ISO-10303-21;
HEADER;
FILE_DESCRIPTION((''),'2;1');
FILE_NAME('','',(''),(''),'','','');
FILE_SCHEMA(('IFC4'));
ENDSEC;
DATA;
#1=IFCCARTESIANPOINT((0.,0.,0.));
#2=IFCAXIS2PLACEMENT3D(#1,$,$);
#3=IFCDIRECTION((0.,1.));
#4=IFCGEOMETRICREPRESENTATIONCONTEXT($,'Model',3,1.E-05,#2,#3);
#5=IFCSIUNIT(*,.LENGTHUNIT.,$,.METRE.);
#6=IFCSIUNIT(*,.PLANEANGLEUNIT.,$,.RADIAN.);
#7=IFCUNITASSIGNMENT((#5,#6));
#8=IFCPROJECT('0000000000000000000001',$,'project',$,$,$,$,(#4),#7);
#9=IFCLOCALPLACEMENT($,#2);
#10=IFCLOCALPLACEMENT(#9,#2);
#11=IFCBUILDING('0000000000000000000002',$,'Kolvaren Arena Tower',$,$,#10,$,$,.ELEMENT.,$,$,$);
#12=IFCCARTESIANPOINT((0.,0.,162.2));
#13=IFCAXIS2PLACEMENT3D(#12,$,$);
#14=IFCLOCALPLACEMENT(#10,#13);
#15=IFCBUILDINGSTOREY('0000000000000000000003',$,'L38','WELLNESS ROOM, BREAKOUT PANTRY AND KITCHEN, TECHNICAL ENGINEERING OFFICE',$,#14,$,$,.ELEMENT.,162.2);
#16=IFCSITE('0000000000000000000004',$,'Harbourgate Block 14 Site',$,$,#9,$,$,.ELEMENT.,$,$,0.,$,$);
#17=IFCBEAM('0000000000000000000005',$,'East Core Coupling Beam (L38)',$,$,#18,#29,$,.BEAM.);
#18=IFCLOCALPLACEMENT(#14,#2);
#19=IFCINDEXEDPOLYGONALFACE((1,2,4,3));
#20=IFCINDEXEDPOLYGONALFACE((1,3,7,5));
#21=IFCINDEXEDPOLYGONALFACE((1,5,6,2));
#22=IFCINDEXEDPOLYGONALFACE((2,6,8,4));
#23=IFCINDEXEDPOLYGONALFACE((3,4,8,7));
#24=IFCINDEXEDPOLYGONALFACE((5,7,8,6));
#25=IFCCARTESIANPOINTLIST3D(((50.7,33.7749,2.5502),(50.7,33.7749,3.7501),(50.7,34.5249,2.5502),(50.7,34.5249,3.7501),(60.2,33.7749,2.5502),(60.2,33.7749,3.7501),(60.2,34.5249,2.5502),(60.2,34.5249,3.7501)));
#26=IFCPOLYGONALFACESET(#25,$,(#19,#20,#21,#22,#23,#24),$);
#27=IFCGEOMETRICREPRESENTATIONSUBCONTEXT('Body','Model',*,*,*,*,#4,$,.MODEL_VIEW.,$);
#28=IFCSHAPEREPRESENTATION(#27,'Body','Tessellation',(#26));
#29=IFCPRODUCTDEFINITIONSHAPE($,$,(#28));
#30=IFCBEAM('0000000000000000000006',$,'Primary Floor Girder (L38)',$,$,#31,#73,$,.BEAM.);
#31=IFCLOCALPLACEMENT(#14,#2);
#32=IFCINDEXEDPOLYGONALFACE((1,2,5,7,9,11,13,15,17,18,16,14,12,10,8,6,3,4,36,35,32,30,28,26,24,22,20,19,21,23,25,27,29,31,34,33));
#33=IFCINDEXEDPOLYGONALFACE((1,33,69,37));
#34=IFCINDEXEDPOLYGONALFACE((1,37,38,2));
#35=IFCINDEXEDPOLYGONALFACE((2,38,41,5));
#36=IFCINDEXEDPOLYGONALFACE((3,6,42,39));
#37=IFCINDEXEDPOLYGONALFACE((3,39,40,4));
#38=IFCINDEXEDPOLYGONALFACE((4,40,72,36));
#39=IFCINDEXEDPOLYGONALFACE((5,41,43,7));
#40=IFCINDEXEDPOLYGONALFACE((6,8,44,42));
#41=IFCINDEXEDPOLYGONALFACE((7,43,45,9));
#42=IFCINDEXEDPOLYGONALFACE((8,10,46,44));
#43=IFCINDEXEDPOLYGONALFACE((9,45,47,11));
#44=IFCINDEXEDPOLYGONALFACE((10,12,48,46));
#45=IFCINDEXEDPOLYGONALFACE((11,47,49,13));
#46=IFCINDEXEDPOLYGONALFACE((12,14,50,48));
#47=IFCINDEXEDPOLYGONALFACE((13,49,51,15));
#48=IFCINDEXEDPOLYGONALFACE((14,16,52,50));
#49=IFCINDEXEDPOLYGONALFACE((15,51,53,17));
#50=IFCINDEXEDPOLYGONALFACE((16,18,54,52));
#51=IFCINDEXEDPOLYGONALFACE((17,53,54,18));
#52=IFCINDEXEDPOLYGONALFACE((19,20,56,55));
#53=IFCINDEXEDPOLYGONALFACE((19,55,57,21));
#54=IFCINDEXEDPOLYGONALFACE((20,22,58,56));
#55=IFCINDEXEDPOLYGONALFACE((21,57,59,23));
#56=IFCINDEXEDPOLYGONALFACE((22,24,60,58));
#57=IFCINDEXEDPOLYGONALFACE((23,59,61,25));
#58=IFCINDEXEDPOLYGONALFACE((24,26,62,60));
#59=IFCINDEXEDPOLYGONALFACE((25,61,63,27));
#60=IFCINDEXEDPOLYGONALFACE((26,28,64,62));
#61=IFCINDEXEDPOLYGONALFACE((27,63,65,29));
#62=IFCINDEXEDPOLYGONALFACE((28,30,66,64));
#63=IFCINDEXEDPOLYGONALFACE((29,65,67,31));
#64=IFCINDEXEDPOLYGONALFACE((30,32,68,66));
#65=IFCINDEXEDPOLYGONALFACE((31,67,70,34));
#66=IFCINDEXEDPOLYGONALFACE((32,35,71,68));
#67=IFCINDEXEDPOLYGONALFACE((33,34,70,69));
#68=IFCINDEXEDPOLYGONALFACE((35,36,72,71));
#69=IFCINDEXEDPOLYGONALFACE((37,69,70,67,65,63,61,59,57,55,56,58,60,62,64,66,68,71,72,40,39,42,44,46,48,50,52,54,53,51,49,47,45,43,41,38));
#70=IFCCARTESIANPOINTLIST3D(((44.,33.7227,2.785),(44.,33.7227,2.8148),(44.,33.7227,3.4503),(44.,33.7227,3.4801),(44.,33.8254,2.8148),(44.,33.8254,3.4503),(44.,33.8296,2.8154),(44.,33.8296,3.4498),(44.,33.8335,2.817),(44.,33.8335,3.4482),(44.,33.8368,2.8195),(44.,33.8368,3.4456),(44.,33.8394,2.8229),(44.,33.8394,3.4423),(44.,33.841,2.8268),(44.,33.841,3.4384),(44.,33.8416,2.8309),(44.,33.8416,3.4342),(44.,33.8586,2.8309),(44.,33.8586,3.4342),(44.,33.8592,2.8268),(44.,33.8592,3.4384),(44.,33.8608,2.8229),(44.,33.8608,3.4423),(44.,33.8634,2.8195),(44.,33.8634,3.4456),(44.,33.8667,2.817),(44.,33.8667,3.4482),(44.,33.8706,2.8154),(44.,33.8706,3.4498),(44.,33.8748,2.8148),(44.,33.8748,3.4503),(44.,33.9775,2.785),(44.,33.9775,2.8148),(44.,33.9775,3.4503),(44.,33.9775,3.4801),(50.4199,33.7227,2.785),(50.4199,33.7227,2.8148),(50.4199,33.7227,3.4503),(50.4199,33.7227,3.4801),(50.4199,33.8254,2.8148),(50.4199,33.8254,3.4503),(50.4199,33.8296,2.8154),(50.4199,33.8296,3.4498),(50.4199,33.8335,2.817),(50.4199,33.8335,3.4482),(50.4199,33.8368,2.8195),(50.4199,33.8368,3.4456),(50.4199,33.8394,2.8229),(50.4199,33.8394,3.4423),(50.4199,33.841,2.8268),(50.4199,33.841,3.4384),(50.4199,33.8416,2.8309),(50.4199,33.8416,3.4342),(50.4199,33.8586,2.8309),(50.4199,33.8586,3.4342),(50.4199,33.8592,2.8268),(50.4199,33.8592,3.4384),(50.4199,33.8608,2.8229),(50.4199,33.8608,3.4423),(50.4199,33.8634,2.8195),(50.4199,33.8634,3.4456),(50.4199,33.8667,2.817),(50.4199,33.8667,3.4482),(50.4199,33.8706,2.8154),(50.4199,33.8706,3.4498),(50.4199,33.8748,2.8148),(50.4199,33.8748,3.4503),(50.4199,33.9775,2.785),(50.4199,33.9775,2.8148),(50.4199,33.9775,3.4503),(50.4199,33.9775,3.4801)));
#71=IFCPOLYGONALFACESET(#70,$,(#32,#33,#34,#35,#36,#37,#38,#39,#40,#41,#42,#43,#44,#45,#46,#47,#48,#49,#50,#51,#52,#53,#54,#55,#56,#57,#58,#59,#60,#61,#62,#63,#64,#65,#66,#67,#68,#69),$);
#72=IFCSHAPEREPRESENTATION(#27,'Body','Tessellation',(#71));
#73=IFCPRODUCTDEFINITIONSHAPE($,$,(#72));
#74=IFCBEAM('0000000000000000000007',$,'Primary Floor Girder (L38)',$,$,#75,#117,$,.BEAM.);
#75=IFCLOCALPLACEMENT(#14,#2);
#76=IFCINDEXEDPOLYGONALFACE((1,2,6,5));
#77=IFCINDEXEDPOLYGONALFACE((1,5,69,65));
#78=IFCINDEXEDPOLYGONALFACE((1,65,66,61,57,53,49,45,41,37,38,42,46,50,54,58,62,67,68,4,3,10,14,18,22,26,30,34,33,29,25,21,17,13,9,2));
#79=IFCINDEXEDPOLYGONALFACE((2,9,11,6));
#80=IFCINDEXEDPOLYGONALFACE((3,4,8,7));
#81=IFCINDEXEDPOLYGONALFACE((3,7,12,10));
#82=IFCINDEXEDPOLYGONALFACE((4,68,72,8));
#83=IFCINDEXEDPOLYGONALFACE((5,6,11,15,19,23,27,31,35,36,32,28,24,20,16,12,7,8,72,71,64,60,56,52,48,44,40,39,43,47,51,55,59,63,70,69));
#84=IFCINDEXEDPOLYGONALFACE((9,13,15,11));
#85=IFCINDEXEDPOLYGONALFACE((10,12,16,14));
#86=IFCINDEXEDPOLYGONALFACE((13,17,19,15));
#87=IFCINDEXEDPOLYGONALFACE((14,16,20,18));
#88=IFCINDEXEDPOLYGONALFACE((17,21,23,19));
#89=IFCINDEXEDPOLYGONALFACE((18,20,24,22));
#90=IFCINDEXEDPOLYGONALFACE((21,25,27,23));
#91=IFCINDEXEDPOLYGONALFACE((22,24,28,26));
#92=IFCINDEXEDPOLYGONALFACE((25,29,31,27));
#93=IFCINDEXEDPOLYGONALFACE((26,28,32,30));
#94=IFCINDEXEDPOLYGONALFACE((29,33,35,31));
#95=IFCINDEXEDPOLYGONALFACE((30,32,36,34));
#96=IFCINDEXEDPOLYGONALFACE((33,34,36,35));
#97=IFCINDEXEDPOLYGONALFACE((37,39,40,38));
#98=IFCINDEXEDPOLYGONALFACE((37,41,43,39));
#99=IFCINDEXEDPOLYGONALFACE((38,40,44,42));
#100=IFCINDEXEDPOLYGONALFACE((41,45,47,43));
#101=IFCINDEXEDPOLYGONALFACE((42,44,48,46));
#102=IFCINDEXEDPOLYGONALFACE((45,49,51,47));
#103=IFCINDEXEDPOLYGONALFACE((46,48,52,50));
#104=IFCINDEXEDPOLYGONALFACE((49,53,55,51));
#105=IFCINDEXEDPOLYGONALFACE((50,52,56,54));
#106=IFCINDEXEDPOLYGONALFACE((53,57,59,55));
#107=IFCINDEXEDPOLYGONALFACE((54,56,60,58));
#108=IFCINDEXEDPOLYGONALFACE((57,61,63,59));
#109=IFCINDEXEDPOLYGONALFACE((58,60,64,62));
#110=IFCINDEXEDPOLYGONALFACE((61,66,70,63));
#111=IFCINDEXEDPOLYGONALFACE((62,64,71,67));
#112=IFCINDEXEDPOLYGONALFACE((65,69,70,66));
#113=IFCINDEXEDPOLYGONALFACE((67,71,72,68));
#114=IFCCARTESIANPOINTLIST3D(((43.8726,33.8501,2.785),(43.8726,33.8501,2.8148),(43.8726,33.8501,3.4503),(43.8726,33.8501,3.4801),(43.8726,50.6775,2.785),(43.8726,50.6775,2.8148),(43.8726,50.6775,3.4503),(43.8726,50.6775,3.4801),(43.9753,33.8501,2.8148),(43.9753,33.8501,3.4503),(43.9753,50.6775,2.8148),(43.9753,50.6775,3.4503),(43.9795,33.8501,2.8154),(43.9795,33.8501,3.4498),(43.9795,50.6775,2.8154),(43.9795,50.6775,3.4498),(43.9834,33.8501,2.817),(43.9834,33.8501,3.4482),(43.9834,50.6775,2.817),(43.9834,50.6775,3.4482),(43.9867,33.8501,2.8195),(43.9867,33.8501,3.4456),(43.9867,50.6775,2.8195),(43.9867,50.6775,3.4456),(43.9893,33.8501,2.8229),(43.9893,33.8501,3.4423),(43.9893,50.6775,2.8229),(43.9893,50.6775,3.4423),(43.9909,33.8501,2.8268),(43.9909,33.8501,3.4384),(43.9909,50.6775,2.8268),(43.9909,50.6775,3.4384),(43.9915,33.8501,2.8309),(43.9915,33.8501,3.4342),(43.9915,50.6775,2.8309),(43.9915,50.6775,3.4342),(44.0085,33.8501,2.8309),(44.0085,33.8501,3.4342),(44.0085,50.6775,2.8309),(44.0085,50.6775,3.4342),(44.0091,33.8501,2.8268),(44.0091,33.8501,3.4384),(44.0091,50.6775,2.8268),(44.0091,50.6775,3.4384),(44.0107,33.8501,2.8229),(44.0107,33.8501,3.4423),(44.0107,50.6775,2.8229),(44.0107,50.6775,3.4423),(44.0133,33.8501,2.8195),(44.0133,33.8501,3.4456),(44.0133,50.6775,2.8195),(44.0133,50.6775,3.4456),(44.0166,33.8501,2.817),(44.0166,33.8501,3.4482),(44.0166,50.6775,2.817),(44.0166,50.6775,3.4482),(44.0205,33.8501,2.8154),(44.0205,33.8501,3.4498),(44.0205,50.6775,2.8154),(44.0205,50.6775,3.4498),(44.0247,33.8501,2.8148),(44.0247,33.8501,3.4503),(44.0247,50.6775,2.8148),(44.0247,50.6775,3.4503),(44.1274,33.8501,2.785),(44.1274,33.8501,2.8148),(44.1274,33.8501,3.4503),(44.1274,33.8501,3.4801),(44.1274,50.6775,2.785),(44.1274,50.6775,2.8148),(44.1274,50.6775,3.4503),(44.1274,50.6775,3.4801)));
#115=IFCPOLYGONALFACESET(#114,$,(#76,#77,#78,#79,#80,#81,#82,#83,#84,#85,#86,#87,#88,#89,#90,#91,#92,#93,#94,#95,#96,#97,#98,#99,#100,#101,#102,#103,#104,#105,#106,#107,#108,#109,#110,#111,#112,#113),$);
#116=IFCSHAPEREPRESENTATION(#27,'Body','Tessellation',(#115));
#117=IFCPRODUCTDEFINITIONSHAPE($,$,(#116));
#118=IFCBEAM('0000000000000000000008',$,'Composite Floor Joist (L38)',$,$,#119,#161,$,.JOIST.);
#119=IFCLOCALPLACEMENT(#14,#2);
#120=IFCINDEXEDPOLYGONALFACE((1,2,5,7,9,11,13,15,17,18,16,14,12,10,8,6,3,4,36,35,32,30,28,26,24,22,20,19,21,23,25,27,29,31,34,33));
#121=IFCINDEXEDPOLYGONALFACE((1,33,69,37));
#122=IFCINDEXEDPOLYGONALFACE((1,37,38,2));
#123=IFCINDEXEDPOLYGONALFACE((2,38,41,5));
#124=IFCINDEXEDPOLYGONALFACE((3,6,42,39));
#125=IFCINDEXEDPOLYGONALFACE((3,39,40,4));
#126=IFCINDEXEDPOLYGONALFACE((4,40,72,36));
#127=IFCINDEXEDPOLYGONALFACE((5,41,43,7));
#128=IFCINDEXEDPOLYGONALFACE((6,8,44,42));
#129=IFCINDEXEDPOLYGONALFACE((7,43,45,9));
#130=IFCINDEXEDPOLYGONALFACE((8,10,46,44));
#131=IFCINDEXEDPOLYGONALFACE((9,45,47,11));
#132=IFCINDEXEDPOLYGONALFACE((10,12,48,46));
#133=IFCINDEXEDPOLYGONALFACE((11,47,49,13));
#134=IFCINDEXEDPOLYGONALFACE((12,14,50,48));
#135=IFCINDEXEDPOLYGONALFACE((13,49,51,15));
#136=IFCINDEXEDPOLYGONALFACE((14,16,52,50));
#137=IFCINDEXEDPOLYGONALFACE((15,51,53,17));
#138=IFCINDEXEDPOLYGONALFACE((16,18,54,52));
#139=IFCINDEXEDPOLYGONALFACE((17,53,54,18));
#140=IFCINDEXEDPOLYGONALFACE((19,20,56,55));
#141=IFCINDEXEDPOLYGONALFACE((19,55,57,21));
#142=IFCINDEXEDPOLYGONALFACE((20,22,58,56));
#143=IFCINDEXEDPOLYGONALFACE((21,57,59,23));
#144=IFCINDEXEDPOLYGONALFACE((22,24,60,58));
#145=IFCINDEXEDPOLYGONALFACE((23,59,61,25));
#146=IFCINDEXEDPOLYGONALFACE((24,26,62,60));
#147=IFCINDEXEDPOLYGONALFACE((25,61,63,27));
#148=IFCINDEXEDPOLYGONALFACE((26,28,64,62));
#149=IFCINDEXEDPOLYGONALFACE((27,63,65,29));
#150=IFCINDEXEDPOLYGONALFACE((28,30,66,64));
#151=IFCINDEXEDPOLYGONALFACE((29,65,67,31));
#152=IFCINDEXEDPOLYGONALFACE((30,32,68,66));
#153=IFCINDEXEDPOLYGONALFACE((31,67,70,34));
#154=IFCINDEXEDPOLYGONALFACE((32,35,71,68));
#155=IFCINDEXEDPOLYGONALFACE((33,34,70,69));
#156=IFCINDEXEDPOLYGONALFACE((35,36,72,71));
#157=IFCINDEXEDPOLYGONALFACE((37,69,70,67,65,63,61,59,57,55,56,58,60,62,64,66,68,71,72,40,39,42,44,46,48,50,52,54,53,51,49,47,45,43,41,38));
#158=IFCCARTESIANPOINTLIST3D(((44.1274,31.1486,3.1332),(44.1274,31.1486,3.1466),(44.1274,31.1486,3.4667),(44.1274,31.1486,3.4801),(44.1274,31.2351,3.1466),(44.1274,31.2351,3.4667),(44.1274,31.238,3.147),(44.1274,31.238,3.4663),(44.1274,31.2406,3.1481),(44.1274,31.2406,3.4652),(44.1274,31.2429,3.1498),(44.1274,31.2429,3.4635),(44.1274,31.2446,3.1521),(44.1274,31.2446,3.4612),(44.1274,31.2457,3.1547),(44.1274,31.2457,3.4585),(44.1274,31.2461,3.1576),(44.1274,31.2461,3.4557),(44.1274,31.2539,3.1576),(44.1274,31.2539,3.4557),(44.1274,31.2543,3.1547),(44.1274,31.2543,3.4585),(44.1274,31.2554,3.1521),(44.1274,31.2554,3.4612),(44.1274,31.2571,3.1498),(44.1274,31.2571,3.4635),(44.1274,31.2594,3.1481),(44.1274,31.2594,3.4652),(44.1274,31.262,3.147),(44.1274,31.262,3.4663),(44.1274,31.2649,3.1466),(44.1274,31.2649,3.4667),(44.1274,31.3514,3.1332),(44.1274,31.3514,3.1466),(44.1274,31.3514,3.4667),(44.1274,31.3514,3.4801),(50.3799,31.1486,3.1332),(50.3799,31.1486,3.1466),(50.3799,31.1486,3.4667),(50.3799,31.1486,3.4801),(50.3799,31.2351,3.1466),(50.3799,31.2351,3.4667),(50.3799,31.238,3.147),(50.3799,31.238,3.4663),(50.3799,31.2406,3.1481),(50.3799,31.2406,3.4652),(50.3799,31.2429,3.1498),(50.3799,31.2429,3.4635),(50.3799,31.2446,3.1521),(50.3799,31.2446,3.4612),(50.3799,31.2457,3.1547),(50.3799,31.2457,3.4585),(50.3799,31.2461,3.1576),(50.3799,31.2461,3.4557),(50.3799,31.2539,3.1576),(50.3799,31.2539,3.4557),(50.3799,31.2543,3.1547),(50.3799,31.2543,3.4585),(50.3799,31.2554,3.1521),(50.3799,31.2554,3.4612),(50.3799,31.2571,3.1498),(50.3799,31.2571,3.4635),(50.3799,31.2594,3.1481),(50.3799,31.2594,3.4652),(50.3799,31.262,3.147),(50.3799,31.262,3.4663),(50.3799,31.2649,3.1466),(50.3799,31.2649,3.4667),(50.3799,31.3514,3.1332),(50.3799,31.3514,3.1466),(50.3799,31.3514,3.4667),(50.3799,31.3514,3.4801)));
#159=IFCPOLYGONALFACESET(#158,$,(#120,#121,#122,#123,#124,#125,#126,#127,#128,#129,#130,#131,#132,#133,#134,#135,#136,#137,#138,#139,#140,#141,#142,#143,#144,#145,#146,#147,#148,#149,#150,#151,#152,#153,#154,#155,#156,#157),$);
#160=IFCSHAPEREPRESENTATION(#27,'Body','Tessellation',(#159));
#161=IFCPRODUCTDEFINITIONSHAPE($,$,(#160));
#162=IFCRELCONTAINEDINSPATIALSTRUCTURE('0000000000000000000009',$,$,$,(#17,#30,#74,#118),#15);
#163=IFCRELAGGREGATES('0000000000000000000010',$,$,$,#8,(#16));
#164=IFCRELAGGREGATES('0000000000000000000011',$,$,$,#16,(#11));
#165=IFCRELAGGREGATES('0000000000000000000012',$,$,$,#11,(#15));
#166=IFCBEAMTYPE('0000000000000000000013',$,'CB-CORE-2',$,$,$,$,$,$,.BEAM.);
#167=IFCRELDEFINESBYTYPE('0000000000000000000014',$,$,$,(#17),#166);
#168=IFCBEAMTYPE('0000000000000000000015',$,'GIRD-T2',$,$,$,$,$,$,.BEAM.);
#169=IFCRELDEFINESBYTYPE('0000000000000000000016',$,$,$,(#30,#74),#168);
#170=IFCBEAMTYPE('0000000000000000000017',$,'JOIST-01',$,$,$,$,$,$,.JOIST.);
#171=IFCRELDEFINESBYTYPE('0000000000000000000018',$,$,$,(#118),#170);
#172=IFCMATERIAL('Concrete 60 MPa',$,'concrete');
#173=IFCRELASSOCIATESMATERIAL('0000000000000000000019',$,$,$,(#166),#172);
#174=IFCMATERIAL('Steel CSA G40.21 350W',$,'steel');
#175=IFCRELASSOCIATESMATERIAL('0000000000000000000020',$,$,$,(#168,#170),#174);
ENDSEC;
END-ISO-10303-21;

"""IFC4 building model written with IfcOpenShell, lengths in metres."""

from ifc_helpers import new_model, si_unit, direction, frame, origin, origin_2d, place, context, subcontext, project, spatial, rectangle, i_section, extrude, material, material_profile, profile_set, type_object, element, save


model = new_model("IFC4")

# Units and contexts
model_context = context("Model", 3, precision=1e-05, world=origin(), true_north=direction((0.0, 1.0)))
body_context = subcontext(model_context, "Body", "Model", "MODEL_VIEW")
ifc_project = project(units=[si_unit("LENGTHUNIT", "METRE"), si_unit("PLANEANGLEUNIT", "RADIAN")], contexts=[model_context])

# Site, building, storey
site_placement = place(None, origin())
site = spatial("IfcSite", under=ifc_project, at=site_placement, Name="Harbourgate Block 14 Site", CompositionType="ELEMENT", RefElevation=0.0)
building_placement = place(site_placement, origin())
building = spatial("IfcBuilding", under=site, at=building_placement, Name="Kolvaren Arena Tower", CompositionType="ELEMENT")
storey_placement = place(building_placement, frame((0.0, 0.0, 162.2)))
storey = spatial("IfcBuildingStorey", under=building, at=storey_placement, Name="L38", Description="WELLNESS ROOM, BREAKOUT PANTRY AND KITCHEN, TECHNICAL ENGINEERING OFFICE", CompositionType="ELEMENT", Elevation=162.2)

# Beams
ifc_material_1 = material(Name="Steel CSA G40.21 350W", Category="steel")
ifc_material_2 = material(Name="Concrete 60 MPa", Category="concrete")
ifc_material_profile_1 = material_profile(ifc_material_2, rectangle(XDim=0.75, YDim=1.2, at=origin_2d()), Name="RC-750x1200")
ifc_profile_set_1 = profile_set([ifc_material_profile_1], Name="Concrete 60 MPa")
beam_type_1 = type_object("IfcBeamType", Name="CB-CORE-2", PredefinedType="BEAM", material=ifc_profile_set_1)
beam_1_placement = place(storey_placement, frame((50.7, 34.1499, 3.1501), z_axis=(1.0, 0.0, 0.0), x_axis=(0.0, 1.0, 0.0)))
element("IfcBeam", 1, at=beam_1_placement, inside=storey, type_object=beam_type_1, Name="East Core Coupling Beam (L38)", PredefinedType="BEAM", context=body_context, shape_type="SweptSolid", body=[
    extrude(rectangle(XDim=0.75, YDim=1.2, at=origin_2d()), origin(), (0.0, 0.0, 1.0), 9.5),
])
ifc_material_profile_2 = material_profile(ifc_material_1, i_section(OverallWidth=0.2549, OverallDepth=0.6951, WebThickness=0.0171, FlangeThickness=0.0298, FilletRadius=0.0161, at=origin_2d()), Name="W690x217")
ifc_profile_set_2 = profile_set([ifc_material_profile_2], Name="Steel CSA G40.21 350W")
beam_type_2 = type_object("IfcBeamType", Name="GIRD-T2", PredefinedType="BEAM", material=ifc_profile_set_2)
beam_2_placement = place(storey_placement, frame((44.0, 33.8501, 3.1326), z_axis=(1.0, 0.0, 0.0), x_axis=(0.0, 1.0, 0.0)))
element("IfcBeam", 2, at=beam_2_placement, inside=storey, type_object=beam_type_2, Name="Primary Floor Girder (L38)", PredefinedType="BEAM", context=body_context, shape_type="SweptSolid", body=[
    extrude(i_section(OverallWidth=0.2549, OverallDepth=0.6951, WebThickness=0.0171, FlangeThickness=0.0298, FilletRadius=0.0161, at=origin_2d()), origin(), (0.0, 0.0, 1.0), 6.4199),
])
beam_3_placement = place(storey_placement, frame((44.0, 33.8501, 3.1326), z_axis=(0.0, 1.0, 0.0), x_axis=(-1.0, 0.0, 0.0)))
element("IfcBeam", 3, at=beam_3_placement, inside=storey, type_object=beam_type_2, Name="Primary Floor Girder (L38)", PredefinedType="BEAM", context=body_context, shape_type="SweptSolid", body=[
    extrude(i_section(OverallWidth=0.2549, OverallDepth=0.6951, WebThickness=0.0171, FlangeThickness=0.0298, FilletRadius=0.0161, at=origin_2d()), origin(), (0.0, 0.0, 1.0), 16.8274),
])
ifc_material_profile_3 = material_profile(ifc_material_1, i_section(OverallWidth=0.2029, OverallDepth=0.3469, WebThickness=0.0078, FlangeThickness=0.0134, FilletRadius=0.011, at=origin_2d()), Name="W360x64")
ifc_profile_set_3 = profile_set([ifc_material_profile_3], Name="Steel CSA G40.21 350W")
beam_type_3 = type_object("IfcBeamType", Name="JOIST-01", PredefinedType="JOIST", material=ifc_profile_set_3)
for number, where, z_axis, x_axis, name in (
    (4, (44.1274, 31.25, 3.3066), (1.0, 0.0, 0.0), (0.0, 1.0, 0.0), "Composite Floor Joist (L38)"),
):
    element("IfcBeam", number, at=place(storey_placement, frame(where, z_axis=z_axis, x_axis=x_axis)), inside=storey, type_object=beam_type_3, Name=name, PredefinedType="JOIST", context=body_context, shape_type="SweptSolid", body=[
        extrude(i_section(OverallWidth=0.2029, OverallDepth=0.3469, WebThickness=0.0078, FlangeThickness=0.0134, FilletRadius=0.011, at=origin_2d()), origin(), (0.0, 0.0, 1.0), 6.2524),
    ])

save(model, "model.ifc")
